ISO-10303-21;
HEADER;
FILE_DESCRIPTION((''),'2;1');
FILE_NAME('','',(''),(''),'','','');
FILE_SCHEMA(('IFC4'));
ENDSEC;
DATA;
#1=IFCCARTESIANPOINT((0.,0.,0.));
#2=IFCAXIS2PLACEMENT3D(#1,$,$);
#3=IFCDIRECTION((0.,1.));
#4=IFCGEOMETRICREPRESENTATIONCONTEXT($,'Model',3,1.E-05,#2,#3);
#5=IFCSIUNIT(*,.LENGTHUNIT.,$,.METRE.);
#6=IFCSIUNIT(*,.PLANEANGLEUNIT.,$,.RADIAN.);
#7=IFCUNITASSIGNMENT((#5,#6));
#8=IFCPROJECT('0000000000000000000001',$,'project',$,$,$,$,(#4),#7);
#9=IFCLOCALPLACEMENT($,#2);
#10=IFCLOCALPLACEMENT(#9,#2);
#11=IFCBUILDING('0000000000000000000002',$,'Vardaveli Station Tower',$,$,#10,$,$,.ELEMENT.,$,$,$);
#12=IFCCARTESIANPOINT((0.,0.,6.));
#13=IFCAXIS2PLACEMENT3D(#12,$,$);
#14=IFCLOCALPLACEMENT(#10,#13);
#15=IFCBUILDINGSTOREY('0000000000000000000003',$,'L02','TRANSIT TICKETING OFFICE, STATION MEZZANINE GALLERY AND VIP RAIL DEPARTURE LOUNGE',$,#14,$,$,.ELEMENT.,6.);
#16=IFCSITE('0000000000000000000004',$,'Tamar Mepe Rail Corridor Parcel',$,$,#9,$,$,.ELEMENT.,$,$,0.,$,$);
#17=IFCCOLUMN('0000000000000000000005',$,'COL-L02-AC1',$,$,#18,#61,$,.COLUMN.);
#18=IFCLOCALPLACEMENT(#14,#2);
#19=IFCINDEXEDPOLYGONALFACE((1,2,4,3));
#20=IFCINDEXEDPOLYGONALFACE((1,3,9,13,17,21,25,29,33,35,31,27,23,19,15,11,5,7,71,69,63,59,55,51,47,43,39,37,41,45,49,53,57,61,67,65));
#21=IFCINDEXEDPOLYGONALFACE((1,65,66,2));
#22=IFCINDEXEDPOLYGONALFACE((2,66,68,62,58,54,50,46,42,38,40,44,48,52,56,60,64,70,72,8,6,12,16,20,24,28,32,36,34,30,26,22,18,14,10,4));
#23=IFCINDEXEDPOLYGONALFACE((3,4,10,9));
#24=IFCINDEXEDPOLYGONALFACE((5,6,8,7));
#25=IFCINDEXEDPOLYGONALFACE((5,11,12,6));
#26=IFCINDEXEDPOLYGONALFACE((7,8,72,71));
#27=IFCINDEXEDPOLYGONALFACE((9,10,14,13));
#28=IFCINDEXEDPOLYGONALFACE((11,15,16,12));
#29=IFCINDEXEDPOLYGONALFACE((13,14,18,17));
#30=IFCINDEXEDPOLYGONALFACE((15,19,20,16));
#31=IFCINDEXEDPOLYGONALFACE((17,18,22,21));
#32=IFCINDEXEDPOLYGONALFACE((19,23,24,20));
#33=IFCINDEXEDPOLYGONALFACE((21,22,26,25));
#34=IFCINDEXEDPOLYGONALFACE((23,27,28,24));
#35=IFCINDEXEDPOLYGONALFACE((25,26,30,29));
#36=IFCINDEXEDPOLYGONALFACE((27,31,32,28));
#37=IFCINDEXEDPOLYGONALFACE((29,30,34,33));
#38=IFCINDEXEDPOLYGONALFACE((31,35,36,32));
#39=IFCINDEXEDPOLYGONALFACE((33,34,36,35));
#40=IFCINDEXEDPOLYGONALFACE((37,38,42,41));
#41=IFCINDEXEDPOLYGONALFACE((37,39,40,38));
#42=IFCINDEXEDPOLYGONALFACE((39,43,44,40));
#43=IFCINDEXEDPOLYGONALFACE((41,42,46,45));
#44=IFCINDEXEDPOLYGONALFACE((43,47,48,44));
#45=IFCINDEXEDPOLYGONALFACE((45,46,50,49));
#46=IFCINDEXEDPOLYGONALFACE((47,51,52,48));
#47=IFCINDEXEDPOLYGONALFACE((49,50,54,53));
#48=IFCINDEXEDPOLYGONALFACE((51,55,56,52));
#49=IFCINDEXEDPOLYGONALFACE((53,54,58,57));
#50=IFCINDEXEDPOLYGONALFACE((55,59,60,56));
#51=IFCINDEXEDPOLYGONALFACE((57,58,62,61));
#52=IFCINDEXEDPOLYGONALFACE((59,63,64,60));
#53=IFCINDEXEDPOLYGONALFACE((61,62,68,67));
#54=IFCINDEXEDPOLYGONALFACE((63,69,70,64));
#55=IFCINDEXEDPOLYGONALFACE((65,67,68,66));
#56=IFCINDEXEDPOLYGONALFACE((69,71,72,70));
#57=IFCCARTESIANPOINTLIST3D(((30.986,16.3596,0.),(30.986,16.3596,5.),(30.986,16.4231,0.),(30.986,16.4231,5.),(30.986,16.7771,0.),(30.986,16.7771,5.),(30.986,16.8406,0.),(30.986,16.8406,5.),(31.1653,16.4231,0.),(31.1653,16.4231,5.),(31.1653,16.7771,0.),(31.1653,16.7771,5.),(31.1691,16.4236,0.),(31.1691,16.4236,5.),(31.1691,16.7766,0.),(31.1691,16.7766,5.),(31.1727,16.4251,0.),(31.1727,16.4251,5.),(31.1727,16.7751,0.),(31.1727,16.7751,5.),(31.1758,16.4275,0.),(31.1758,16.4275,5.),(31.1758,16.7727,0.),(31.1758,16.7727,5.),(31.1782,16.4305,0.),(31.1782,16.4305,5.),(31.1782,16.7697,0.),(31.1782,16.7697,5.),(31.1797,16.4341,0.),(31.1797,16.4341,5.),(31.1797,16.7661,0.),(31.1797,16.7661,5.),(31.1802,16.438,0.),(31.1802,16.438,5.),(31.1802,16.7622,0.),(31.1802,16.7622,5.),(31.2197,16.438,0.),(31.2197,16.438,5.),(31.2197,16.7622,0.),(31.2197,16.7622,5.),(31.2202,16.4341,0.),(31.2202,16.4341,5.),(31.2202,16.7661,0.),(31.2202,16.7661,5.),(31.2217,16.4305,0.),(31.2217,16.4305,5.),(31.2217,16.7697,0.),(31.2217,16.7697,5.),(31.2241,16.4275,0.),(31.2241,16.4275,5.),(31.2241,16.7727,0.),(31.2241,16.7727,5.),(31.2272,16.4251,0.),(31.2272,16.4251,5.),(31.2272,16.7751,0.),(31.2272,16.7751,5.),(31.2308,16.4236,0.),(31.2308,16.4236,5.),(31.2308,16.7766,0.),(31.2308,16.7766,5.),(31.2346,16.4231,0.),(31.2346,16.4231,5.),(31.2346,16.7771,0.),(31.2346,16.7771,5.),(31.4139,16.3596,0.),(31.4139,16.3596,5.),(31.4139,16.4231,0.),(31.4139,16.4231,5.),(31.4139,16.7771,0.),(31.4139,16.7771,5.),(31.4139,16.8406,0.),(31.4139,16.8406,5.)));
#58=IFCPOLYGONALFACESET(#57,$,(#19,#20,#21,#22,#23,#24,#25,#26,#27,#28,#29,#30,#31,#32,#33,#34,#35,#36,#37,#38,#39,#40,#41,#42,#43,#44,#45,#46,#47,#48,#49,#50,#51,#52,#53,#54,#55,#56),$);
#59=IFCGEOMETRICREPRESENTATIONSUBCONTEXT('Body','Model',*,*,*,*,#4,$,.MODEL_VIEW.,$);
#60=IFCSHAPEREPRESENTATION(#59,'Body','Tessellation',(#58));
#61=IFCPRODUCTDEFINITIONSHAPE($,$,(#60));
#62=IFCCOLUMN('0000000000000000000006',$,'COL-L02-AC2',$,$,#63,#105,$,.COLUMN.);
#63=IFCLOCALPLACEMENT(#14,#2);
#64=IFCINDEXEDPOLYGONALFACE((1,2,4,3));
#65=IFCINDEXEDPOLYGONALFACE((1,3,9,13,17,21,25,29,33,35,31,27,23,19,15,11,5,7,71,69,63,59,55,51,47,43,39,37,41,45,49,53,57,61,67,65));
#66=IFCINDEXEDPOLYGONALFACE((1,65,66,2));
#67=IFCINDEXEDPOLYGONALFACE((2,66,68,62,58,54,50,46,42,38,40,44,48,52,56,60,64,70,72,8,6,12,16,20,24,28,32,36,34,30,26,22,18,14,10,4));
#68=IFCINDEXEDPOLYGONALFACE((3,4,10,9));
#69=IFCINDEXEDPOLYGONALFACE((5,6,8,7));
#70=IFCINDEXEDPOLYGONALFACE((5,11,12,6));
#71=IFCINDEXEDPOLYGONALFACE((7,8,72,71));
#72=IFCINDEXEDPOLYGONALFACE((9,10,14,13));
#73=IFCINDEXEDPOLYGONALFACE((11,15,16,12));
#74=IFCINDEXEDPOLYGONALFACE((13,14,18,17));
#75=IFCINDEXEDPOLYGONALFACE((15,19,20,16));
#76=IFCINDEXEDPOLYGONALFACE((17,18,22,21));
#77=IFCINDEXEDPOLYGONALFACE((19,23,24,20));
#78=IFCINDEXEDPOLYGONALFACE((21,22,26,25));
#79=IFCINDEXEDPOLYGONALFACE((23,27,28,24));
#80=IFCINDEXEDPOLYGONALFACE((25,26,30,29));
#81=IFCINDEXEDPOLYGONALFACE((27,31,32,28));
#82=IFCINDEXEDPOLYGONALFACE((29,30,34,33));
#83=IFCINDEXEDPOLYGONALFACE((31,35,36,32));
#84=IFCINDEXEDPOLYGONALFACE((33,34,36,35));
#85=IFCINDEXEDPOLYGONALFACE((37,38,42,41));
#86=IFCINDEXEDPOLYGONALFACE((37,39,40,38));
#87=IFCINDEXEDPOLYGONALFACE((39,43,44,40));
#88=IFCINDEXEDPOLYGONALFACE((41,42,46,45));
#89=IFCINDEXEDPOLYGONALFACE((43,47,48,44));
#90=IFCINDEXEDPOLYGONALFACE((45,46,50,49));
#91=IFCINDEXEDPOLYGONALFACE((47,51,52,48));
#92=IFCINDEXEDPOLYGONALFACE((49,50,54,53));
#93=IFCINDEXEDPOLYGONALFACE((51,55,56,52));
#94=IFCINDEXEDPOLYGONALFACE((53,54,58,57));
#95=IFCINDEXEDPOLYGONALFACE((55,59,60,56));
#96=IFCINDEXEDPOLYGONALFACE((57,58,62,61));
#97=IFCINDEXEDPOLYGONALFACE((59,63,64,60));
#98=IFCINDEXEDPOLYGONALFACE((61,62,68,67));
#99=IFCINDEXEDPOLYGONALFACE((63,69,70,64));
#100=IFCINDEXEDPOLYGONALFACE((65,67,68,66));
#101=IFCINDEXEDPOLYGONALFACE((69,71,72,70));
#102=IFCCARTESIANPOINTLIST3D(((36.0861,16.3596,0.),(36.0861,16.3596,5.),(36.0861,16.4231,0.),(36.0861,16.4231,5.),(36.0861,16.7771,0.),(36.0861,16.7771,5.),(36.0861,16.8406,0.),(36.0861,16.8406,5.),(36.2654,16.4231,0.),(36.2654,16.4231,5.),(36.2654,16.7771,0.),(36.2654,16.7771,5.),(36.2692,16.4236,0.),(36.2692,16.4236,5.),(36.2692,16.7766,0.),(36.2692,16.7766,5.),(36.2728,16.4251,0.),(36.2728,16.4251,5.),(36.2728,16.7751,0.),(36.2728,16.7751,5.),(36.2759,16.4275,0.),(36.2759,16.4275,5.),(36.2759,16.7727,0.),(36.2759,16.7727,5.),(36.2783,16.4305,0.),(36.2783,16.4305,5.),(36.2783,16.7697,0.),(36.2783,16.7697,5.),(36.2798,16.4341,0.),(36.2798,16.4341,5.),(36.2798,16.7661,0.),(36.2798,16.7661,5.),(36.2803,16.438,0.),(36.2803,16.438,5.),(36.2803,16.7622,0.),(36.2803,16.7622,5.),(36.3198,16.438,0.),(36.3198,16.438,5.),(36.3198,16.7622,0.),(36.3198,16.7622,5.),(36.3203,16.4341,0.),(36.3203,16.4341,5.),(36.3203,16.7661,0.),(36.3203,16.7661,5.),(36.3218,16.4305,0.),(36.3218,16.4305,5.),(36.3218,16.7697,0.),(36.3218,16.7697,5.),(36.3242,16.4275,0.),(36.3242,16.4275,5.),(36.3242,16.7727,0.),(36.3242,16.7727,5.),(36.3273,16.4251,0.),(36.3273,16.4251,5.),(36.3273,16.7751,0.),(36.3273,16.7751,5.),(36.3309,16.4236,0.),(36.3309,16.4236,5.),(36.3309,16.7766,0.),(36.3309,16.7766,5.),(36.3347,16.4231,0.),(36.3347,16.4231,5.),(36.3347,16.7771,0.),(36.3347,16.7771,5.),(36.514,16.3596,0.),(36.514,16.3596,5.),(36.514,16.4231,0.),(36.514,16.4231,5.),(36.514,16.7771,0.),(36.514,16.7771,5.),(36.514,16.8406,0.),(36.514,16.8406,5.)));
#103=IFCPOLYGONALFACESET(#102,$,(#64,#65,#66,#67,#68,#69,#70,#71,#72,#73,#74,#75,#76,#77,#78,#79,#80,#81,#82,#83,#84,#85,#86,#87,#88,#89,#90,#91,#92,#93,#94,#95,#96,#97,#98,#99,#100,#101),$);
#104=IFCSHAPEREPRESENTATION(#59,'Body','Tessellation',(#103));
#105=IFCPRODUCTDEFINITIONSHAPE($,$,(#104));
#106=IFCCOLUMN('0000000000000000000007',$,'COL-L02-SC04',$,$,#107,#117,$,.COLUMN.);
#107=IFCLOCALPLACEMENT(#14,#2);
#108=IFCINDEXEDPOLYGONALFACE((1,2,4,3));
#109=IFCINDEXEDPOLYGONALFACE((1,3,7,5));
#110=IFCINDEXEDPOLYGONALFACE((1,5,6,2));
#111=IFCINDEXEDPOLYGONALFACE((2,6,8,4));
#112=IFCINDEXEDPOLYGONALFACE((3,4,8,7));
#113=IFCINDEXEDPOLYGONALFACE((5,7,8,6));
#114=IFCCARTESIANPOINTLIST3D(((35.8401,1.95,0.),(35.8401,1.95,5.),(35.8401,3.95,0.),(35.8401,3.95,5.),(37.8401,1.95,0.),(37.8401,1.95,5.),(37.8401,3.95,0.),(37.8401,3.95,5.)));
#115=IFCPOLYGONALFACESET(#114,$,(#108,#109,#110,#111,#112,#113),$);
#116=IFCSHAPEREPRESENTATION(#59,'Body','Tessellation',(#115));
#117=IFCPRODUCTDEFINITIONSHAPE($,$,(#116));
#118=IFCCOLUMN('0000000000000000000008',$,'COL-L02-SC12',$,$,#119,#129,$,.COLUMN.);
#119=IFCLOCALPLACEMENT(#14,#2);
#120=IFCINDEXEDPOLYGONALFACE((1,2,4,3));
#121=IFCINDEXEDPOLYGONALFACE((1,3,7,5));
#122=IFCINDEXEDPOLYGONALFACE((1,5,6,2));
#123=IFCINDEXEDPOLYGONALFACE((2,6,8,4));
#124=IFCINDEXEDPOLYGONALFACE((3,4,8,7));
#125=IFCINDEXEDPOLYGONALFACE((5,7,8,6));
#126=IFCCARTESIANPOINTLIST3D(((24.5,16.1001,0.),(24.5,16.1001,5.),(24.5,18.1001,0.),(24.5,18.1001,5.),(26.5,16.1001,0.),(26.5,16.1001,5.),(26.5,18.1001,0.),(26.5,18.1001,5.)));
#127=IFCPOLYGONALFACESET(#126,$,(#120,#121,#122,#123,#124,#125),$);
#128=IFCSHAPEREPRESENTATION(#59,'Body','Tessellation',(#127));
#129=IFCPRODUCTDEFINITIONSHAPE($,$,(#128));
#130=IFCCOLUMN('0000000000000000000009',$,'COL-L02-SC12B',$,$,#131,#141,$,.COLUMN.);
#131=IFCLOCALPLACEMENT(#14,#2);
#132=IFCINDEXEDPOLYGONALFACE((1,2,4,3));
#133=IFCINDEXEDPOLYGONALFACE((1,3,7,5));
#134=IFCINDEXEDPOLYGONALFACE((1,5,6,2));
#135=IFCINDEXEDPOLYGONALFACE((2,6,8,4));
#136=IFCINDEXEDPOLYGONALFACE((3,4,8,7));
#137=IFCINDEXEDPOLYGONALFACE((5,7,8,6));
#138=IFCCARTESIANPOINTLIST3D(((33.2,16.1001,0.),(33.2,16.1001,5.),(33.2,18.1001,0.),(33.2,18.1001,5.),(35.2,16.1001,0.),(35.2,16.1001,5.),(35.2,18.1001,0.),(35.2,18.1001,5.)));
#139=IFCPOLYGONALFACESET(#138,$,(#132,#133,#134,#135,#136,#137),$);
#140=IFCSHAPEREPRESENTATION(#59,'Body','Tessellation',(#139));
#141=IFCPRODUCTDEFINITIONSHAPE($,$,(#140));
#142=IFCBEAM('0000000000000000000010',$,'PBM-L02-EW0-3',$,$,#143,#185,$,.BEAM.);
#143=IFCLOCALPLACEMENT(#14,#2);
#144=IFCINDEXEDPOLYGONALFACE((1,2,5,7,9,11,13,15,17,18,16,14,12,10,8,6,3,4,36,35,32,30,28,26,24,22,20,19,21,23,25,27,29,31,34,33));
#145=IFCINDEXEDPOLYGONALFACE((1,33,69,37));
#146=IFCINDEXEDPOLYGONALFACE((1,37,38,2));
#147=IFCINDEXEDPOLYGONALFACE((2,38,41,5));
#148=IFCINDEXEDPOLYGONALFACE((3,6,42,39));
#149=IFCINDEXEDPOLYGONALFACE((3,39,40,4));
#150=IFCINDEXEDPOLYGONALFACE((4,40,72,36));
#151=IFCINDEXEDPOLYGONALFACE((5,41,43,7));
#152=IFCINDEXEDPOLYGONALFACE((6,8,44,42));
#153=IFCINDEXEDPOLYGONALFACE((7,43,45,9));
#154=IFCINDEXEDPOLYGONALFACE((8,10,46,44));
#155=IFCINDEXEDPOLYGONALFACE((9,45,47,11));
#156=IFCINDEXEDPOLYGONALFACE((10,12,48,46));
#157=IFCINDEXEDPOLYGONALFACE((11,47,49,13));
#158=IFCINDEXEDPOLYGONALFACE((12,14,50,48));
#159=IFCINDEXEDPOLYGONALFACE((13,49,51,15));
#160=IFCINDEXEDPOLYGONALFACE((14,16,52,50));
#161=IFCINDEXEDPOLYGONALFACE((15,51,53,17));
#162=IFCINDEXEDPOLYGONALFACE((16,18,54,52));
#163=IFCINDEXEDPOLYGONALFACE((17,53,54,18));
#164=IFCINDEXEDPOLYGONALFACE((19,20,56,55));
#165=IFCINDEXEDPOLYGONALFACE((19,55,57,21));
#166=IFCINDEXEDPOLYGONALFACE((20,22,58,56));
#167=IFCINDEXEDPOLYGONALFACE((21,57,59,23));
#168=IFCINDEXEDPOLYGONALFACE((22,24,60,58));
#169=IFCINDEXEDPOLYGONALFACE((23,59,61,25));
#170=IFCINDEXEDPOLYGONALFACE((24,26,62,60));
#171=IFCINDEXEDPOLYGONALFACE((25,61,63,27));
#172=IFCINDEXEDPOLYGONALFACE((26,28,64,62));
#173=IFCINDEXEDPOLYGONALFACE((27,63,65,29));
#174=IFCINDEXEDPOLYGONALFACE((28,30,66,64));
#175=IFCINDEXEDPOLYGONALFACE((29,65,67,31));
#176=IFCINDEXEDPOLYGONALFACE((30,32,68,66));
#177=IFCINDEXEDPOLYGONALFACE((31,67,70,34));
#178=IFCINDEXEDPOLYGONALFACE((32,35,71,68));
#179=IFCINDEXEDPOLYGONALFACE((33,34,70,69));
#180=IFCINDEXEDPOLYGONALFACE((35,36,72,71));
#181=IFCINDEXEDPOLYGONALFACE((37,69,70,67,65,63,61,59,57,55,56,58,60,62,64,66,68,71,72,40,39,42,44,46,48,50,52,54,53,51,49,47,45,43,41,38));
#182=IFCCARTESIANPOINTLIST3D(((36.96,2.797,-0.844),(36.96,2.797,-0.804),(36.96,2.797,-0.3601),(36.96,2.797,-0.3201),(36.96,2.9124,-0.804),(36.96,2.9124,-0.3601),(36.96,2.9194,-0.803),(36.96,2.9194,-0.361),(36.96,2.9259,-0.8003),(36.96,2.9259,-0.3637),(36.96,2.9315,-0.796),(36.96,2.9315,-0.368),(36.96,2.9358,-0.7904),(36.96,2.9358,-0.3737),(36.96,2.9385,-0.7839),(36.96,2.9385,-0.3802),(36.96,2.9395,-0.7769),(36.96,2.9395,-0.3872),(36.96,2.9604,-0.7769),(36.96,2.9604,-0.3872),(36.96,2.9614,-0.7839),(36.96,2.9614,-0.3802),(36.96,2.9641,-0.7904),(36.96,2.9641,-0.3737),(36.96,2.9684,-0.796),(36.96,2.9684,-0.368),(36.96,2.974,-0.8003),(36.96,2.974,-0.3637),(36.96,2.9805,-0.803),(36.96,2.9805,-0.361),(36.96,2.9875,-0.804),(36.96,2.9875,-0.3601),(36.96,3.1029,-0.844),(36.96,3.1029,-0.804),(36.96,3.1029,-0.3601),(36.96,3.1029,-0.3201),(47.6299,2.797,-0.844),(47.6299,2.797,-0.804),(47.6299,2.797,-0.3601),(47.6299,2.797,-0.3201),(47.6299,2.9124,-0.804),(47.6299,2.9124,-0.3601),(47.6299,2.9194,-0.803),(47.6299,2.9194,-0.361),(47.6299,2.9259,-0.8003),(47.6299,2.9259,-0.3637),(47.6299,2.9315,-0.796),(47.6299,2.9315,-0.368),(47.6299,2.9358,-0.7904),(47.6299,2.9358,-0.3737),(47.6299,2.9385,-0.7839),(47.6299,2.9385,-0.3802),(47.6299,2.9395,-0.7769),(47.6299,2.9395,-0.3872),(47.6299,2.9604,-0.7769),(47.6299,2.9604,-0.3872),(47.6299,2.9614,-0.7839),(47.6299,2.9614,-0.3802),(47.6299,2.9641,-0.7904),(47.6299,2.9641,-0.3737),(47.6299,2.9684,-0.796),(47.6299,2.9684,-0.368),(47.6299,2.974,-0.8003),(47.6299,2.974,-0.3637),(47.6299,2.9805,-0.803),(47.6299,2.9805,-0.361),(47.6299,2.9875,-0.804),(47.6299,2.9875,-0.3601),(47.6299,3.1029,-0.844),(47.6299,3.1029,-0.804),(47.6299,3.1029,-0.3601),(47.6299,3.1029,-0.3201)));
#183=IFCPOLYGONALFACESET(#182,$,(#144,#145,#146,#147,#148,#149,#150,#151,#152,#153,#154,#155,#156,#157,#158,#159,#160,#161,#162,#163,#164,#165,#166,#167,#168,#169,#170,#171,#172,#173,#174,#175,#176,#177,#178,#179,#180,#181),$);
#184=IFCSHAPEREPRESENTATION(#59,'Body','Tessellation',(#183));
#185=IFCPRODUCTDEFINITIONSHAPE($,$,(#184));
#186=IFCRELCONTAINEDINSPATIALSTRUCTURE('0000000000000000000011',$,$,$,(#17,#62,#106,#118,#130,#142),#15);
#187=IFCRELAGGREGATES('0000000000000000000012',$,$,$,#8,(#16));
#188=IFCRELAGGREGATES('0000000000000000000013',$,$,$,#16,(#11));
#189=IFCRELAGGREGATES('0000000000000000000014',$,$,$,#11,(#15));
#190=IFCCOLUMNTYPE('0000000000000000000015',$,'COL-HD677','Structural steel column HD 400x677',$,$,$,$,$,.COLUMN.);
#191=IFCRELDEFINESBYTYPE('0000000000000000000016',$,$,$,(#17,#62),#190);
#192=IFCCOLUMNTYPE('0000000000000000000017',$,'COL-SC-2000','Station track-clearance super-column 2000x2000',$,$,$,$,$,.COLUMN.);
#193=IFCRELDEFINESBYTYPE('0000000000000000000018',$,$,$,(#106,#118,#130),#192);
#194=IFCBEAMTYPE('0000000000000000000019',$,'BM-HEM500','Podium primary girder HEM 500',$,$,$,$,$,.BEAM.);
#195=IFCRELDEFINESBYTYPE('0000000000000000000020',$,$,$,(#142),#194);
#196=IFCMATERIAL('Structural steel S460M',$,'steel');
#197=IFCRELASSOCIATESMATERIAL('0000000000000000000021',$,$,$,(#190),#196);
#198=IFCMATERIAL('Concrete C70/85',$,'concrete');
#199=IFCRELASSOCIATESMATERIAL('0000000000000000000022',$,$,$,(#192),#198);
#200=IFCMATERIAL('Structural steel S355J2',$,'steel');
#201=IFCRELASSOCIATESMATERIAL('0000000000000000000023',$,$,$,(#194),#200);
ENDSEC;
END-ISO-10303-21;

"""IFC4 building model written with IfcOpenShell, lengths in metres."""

from ifc_helpers import new_model, si_unit, direction, frame, origin, origin_2d, place, context, subcontext, project, spatial, rectangle, i_section, extrude, source, transform, mapped, material, material_profile, profile_set, type_object, element, save


model = new_model("IFC4")

# Units and contexts
model_context = context("Model", 3, precision=1e-05, world=origin(), true_north=direction((0.0, 1.0)))
body_context = subcontext(model_context, "Body", "Model", "MODEL_VIEW")
ifc_project = project(units=[si_unit("LENGTHUNIT", "METRE"), si_unit("PLANEANGLEUNIT", "RADIAN")], contexts=[model_context])

# Site, building, storey
site_placement = place(None, origin())
site = spatial("IfcSite", under=ifc_project, at=site_placement, Name="Tamar Mepe Rail Corridor Parcel", CompositionType="ELEMENT", RefElevation=0.0)
building_placement = place(site_placement, origin())
building = spatial("IfcBuilding", under=site, at=building_placement, Name="Vardaveli Station Tower", CompositionType="ELEMENT")
storey_placement = place(building_placement, frame((0.0, 0.0, 6.0)))
storey = spatial("IfcBuildingStorey", under=building, at=storey_placement, Name="L02", Description="TRANSIT TICKETING OFFICE, STATION MEZZANINE GALLERY AND VIP RAIL DEPARTURE LOUNGE", CompositionType="ELEMENT", Elevation=6.0)

# Columns
ifc_material_1 = material(Name="Structural steel S460M", Category="steel")
ifc_material_profile_1 = material_profile(ifc_material_1, i_section(OverallWidth=0.428, OverallDepth=0.481, WebThickness=0.0396, FlangeThickness=0.0635, FilletRadius=0.0149, at=origin_2d()), Name="HD 400x677")
ifc_profile_set_1 = profile_set([ifc_material_profile_1], Name="Structural steel S460M")
column_type_1 = type_object("IfcColumnType", Name="COL-HD677", Description="Structural steel column HD 400x677", PredefinedType="COLUMN", material=ifc_profile_set_1)
shared_shape_1 = source(origin(), body_context, "Body", "SweptSolid", [
    extrude(i_section(OverallWidth=0.428, OverallDepth=0.481, WebThickness=0.0396, FlangeThickness=0.0635, FilletRadius=0.0149, at=origin_2d()), origin(), (0.0, 0.0, 1.0), 5.0),
])
for number, where, z_axis, x_axis, name in (
    (1, (31.2, 16.6001, 0.0), (0.0, 0.0, 1.0), (1.0, 0.0, 0.0), "COL-L02-AC1"),
    (2, (36.3, 16.6001, 0.0), (0.0, 0.0, 1.0), (1.0, 0.0, 0.0), "COL-L02-AC2"),
):
    element("IfcColumn", number, at=place(storey_placement, frame(where, z_axis=z_axis, x_axis=x_axis)), inside=storey, type_object=column_type_1, Name=name, PredefinedType="COLUMN", context=body_context, shape_type="MappedRepresentation", body=[
        mapped(shared_shape_1, transform((0.0, 0.0, 0.0), scale=1.0)),
    ])
ifc_material_2 = material(Name="Concrete C70/85", Category="concrete")
ifc_material_profile_2 = material_profile(ifc_material_2, rectangle(XDim=2.0, YDim=2.0, at=origin_2d()), Name="SC 2000x2000")
ifc_profile_set_2 = profile_set([ifc_material_profile_2], Name="Concrete C70/85")
column_type_2 = type_object("IfcColumnType", Name="COL-SC-2000", Description="Station track-clearance super-column 2000x2000", PredefinedType="COLUMN", material=ifc_profile_set_2)
shared_shape_2 = source(origin(), body_context, "Body", "SweptSolid", [
    extrude(rectangle(XDim=2.0, YDim=2.0, at=origin_2d()), origin(), (0.0, 0.0, 1.0), 5.0),
])
for number, where, z_axis, x_axis, name in (
    (3, (36.8401, 2.95, 0.0), (0.0, 0.0, 1.0), (1.0, 0.0, 0.0), "COL-L02-SC04"),
    (4, (25.5, 17.1001, 0.0), (0.0, 0.0, 1.0), (1.0, 0.0, 0.0), "COL-L02-SC12"),
    (5, (34.2, 17.1001, 0.0), (0.0, 0.0, 1.0), (1.0, 0.0, 0.0), "COL-L02-SC12B"),
):
    element("IfcColumn", number, at=place(storey_placement, frame(where, z_axis=z_axis, x_axis=x_axis)), inside=storey, type_object=column_type_2, Name=name, PredefinedType="COLUMN", context=body_context, shape_type="MappedRepresentation", body=[
        mapped(shared_shape_2, transform((0.0, 0.0, 0.0), scale=1.0)),
    ])

# Beam
ifc_material_3 = material(Name="Structural steel S355J2", Category="steel")
ifc_material_profile_3 = material_profile(ifc_material_3, i_section(OverallWidth=0.3059, OverallDepth=0.5239, WebThickness=0.021, FlangeThickness=0.04, FilletRadius=0.0271, at=origin_2d()), Name="HEM 500")
ifc_profile_set_3 = profile_set([ifc_material_profile_3], Name="Structural steel S355J2")
beam_type = type_object("IfcBeamType", Name="BM-HEM500", Description="Podium primary girder HEM 500", PredefinedType="BEAM", material=ifc_profile_set_3)
shared_shape_3 = source(origin(), body_context, "Body", "SweptSolid", [
    extrude(i_section(OverallWidth=0.3059, OverallDepth=0.5239, WebThickness=0.021, FlangeThickness=0.04, FilletRadius=0.0271, at=origin_2d()), origin(), (0.0, 0.0, 1.0), 10.6699),
])
beam_1_placement = place(storey_placement, frame((36.96, 2.95, -0.582), z_axis=(1.0, 0.0, 0.0), x_axis=(0.0, 1.0, 0.0)))
element("IfcBeam", 6, at=beam_1_placement, inside=storey, type_object=beam_type, Name="PBM-L02-EW0-3", PredefinedType="BEAM", context=body_context, shape_type="MappedRepresentation", body=[
    mapped(shared_shape_3, transform((0.0, 0.0, 0.0), scale=1.0)),
])

save(model, "model.ifc")
